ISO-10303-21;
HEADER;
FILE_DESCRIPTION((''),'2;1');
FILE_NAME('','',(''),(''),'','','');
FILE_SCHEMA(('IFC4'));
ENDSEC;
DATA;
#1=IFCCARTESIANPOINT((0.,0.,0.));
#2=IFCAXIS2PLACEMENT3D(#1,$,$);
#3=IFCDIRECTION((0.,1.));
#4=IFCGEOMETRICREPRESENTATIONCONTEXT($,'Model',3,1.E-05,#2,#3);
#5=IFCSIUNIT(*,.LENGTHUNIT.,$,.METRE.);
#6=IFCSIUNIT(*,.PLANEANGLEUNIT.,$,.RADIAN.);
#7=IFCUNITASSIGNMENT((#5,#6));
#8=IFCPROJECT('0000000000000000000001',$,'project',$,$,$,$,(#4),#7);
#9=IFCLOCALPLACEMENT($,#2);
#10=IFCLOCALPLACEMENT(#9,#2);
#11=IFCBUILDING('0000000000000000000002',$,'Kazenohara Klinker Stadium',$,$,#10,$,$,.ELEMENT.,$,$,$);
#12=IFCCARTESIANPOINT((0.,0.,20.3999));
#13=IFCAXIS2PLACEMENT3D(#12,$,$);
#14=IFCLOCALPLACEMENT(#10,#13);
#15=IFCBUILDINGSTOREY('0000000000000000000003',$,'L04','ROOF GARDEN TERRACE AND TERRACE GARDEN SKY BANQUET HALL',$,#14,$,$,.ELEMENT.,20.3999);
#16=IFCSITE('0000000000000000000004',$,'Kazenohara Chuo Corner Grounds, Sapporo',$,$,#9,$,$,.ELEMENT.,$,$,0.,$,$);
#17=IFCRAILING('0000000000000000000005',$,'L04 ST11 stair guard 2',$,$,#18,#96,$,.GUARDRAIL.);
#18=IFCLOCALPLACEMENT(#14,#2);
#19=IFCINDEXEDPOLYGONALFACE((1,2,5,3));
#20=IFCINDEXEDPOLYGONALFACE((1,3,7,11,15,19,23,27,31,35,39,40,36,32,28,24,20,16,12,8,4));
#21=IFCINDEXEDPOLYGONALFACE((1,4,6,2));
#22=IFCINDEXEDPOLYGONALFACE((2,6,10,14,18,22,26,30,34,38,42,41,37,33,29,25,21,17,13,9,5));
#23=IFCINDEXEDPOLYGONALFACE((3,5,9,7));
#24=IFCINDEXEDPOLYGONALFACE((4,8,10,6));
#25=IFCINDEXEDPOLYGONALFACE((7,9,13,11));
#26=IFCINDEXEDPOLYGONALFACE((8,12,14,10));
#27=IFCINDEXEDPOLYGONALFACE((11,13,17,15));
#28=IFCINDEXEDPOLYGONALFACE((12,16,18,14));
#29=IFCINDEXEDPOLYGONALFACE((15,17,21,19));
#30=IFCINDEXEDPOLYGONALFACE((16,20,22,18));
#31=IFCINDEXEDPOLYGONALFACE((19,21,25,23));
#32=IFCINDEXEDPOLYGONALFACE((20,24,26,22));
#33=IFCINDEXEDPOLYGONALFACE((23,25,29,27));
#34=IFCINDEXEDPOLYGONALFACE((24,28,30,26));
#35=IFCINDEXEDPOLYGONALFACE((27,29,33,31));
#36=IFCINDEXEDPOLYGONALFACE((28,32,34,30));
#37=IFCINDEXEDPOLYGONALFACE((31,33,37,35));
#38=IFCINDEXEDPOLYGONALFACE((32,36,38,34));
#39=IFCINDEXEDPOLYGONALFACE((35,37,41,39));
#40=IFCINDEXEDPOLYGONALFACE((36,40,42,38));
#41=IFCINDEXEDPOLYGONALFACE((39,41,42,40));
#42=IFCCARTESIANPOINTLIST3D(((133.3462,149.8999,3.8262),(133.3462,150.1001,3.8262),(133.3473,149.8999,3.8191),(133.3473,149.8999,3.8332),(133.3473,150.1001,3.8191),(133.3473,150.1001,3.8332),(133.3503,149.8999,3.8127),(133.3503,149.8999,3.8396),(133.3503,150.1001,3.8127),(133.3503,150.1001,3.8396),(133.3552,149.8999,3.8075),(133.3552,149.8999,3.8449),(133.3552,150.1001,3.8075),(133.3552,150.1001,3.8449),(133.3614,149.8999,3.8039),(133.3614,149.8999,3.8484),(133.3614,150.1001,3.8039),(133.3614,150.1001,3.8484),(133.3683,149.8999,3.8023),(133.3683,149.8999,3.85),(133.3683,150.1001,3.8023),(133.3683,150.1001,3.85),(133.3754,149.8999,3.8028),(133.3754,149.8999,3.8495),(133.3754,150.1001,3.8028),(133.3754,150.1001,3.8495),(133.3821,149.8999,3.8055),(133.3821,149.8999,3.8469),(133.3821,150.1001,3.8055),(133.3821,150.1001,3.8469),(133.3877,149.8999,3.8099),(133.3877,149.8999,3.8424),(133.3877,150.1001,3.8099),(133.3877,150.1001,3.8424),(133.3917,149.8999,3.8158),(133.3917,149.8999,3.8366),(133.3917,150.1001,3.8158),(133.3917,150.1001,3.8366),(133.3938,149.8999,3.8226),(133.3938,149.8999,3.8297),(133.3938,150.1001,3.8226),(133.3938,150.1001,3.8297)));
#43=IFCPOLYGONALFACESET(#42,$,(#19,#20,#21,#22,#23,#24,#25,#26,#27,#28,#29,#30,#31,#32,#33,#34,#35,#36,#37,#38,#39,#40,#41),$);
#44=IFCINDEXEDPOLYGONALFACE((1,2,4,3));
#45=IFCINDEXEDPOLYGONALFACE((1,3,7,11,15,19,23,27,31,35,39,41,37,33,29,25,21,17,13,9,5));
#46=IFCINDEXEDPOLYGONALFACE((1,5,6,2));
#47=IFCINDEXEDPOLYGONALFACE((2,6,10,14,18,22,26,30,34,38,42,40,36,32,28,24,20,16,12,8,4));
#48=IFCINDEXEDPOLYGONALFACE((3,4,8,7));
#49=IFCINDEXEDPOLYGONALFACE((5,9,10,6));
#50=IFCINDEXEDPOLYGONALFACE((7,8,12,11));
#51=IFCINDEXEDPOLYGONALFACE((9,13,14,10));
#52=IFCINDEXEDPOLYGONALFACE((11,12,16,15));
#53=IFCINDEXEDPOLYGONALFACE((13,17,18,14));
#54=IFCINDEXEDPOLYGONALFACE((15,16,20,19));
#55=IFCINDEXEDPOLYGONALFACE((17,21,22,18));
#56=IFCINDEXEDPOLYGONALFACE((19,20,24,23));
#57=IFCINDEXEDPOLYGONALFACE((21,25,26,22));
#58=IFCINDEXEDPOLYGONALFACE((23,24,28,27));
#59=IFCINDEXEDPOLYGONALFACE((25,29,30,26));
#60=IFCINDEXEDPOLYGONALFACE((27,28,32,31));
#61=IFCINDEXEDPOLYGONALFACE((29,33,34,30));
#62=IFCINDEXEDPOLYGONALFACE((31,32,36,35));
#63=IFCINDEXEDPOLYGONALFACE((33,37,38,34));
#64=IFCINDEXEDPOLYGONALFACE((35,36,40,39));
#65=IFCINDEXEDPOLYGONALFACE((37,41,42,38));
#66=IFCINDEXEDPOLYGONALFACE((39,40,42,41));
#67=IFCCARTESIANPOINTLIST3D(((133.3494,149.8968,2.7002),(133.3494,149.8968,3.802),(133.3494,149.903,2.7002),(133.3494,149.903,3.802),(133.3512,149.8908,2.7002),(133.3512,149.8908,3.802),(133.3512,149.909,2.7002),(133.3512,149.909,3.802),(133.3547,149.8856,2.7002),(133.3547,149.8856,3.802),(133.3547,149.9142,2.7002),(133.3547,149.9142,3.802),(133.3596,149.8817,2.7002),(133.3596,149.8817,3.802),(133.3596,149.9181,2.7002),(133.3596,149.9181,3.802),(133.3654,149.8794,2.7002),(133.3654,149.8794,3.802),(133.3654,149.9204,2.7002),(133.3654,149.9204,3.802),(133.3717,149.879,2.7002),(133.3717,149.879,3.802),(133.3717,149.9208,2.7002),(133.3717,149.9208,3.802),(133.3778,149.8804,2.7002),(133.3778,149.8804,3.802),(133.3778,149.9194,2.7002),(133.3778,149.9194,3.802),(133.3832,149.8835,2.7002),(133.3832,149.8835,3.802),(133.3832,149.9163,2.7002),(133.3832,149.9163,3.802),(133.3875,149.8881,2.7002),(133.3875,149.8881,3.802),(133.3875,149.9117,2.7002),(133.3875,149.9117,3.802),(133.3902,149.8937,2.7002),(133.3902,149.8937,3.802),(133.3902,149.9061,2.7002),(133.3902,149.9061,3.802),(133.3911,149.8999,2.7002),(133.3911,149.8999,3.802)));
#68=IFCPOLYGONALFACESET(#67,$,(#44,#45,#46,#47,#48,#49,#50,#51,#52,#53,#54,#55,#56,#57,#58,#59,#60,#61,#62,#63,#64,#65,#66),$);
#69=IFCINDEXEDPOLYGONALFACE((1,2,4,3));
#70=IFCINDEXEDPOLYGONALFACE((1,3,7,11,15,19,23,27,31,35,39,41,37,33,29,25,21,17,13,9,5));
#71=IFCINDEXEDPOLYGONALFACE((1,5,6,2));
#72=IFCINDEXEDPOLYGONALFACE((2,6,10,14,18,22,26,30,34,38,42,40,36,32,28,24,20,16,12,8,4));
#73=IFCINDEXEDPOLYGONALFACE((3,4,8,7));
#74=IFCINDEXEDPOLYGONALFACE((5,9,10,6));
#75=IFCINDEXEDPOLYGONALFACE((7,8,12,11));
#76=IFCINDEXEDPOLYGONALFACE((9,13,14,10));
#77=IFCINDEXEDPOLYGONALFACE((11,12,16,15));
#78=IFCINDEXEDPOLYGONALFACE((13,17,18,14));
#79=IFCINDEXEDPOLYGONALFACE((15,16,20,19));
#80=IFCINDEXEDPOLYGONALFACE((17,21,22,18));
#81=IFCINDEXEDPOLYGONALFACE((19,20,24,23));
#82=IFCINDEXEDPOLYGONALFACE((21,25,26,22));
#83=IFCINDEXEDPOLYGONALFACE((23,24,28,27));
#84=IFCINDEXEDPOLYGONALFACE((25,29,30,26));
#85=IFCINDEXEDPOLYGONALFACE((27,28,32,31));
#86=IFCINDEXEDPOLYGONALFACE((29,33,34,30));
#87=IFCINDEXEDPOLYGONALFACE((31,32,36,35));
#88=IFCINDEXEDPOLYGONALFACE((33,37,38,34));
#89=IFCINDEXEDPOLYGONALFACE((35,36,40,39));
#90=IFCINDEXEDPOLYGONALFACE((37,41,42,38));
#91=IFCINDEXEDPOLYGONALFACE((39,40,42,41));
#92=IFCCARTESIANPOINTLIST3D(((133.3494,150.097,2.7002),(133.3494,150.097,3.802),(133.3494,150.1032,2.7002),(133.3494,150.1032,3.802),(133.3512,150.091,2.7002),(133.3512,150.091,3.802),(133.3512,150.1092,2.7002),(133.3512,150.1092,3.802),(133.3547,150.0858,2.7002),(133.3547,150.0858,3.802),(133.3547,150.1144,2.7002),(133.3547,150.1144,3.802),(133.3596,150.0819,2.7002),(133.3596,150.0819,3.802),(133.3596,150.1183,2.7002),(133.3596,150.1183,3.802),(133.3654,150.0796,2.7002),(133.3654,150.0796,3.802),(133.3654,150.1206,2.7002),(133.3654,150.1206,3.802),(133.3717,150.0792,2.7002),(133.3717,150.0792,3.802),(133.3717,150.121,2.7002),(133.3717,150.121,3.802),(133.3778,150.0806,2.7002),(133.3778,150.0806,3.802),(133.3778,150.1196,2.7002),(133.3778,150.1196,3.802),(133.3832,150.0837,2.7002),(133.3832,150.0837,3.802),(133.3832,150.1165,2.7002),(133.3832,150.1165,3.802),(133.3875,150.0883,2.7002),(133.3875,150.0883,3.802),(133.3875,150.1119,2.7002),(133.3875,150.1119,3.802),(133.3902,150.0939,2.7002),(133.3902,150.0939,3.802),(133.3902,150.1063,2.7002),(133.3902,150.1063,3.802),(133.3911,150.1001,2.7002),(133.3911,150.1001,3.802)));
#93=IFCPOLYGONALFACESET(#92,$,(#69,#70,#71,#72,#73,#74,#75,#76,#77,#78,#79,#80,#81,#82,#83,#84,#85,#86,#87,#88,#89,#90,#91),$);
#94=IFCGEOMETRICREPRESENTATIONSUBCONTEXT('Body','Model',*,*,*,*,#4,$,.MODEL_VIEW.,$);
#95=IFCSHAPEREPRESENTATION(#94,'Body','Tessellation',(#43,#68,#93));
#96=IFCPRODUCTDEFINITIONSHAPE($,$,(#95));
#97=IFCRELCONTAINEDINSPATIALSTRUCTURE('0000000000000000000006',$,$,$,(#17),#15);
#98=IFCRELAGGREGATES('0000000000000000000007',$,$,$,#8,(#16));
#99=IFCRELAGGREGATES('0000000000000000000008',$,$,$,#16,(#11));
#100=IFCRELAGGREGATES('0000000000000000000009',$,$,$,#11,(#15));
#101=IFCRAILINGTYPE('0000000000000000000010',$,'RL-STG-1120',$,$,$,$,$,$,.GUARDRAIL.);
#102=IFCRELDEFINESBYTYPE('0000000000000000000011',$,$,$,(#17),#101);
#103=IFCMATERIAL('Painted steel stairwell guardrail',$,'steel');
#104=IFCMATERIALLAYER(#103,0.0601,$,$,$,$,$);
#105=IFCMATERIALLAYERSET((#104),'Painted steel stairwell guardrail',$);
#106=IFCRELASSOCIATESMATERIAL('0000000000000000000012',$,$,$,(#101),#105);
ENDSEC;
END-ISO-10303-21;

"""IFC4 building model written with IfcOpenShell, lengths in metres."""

from ifc_helpers import new_model, si_unit, direction, frame, origin, origin_2d, place, context, subcontext, project, spatial, circle, extrude, material, layer, layer_set, type_object, element, save


model = new_model("IFC4")

# Units and contexts
model_context = context("Model", 3, precision=1e-05, world=origin(), true_north=direction((0.0, 1.0)))
body_context = subcontext(model_context, "Body", "Model", "MODEL_VIEW")
ifc_project = project(units=[si_unit("LENGTHUNIT", "METRE"), si_unit("PLANEANGLEUNIT", "RADIAN")], contexts=[model_context])

# Site, building, storey
site_placement = place(None, origin())
site = spatial("IfcSite", under=ifc_project, at=site_placement, Name="Kazenohara Chuo Corner Grounds, Sapporo", CompositionType="ELEMENT", RefElevation=0.0)
building_placement = place(site_placement, origin())
building = spatial("IfcBuilding", under=site, at=building_placement, Name="Kazenohara Klinker Stadium", CompositionType="ELEMENT")
storey_placement = place(building_placement, frame((0.0, 0.0, 20.3999)))
storey = spatial("IfcBuildingStorey", under=building, at=storey_placement, Name="L04", Description="ROOF GARDEN TERRACE AND TERRACE GARDEN SKY BANQUET HALL", CompositionType="ELEMENT", Elevation=20.3999)

# Railing
ifc_material_1 = material(Name="Painted steel stairwell guardrail", Category="steel")
ifc_layer_1 = layer(ifc_material_1, 0.0601)
ifc_layer_set_1 = layer_set([ifc_layer_1], Name="Painted steel stairwell guardrail")
railing_type_1 = type_object("IfcRailingType", Name="RL-STG-1120", PredefinedType="GUARDRAIL", material=ifc_layer_set_1)
railing_1_placement = place(storey_placement, frame((133.3701, 149.8999, 2.7002)))
element("IfcRailing", 1, at=railing_1_placement, inside=storey, type_object=railing_type_1, Name="L04 ST11 stair guard 2", PredefinedType="GUARDRAIL", context=body_context, shape_type="SweptSolid", body=[
    extrude(circle(Radius=0.0239, at=origin_2d()), frame((0.0, 0.0, 1.126), z_axis=(0.0, 1.0, 0.0), x_axis=(-1.0, 0.0, 0.0)), (0.0, 0.0, 1.0), 0.2002),
    extrude(circle(Radius=0.021, at=origin_2d()), origin(), (0.0, 0.0, 1.0), 1.1018),
    extrude(circle(Radius=0.021, at=origin_2d()), frame((0.0, 0.2002, 0.0)), (0.0, 0.0, 1.0), 1.1018),
])

save(model, "model.ifc")
